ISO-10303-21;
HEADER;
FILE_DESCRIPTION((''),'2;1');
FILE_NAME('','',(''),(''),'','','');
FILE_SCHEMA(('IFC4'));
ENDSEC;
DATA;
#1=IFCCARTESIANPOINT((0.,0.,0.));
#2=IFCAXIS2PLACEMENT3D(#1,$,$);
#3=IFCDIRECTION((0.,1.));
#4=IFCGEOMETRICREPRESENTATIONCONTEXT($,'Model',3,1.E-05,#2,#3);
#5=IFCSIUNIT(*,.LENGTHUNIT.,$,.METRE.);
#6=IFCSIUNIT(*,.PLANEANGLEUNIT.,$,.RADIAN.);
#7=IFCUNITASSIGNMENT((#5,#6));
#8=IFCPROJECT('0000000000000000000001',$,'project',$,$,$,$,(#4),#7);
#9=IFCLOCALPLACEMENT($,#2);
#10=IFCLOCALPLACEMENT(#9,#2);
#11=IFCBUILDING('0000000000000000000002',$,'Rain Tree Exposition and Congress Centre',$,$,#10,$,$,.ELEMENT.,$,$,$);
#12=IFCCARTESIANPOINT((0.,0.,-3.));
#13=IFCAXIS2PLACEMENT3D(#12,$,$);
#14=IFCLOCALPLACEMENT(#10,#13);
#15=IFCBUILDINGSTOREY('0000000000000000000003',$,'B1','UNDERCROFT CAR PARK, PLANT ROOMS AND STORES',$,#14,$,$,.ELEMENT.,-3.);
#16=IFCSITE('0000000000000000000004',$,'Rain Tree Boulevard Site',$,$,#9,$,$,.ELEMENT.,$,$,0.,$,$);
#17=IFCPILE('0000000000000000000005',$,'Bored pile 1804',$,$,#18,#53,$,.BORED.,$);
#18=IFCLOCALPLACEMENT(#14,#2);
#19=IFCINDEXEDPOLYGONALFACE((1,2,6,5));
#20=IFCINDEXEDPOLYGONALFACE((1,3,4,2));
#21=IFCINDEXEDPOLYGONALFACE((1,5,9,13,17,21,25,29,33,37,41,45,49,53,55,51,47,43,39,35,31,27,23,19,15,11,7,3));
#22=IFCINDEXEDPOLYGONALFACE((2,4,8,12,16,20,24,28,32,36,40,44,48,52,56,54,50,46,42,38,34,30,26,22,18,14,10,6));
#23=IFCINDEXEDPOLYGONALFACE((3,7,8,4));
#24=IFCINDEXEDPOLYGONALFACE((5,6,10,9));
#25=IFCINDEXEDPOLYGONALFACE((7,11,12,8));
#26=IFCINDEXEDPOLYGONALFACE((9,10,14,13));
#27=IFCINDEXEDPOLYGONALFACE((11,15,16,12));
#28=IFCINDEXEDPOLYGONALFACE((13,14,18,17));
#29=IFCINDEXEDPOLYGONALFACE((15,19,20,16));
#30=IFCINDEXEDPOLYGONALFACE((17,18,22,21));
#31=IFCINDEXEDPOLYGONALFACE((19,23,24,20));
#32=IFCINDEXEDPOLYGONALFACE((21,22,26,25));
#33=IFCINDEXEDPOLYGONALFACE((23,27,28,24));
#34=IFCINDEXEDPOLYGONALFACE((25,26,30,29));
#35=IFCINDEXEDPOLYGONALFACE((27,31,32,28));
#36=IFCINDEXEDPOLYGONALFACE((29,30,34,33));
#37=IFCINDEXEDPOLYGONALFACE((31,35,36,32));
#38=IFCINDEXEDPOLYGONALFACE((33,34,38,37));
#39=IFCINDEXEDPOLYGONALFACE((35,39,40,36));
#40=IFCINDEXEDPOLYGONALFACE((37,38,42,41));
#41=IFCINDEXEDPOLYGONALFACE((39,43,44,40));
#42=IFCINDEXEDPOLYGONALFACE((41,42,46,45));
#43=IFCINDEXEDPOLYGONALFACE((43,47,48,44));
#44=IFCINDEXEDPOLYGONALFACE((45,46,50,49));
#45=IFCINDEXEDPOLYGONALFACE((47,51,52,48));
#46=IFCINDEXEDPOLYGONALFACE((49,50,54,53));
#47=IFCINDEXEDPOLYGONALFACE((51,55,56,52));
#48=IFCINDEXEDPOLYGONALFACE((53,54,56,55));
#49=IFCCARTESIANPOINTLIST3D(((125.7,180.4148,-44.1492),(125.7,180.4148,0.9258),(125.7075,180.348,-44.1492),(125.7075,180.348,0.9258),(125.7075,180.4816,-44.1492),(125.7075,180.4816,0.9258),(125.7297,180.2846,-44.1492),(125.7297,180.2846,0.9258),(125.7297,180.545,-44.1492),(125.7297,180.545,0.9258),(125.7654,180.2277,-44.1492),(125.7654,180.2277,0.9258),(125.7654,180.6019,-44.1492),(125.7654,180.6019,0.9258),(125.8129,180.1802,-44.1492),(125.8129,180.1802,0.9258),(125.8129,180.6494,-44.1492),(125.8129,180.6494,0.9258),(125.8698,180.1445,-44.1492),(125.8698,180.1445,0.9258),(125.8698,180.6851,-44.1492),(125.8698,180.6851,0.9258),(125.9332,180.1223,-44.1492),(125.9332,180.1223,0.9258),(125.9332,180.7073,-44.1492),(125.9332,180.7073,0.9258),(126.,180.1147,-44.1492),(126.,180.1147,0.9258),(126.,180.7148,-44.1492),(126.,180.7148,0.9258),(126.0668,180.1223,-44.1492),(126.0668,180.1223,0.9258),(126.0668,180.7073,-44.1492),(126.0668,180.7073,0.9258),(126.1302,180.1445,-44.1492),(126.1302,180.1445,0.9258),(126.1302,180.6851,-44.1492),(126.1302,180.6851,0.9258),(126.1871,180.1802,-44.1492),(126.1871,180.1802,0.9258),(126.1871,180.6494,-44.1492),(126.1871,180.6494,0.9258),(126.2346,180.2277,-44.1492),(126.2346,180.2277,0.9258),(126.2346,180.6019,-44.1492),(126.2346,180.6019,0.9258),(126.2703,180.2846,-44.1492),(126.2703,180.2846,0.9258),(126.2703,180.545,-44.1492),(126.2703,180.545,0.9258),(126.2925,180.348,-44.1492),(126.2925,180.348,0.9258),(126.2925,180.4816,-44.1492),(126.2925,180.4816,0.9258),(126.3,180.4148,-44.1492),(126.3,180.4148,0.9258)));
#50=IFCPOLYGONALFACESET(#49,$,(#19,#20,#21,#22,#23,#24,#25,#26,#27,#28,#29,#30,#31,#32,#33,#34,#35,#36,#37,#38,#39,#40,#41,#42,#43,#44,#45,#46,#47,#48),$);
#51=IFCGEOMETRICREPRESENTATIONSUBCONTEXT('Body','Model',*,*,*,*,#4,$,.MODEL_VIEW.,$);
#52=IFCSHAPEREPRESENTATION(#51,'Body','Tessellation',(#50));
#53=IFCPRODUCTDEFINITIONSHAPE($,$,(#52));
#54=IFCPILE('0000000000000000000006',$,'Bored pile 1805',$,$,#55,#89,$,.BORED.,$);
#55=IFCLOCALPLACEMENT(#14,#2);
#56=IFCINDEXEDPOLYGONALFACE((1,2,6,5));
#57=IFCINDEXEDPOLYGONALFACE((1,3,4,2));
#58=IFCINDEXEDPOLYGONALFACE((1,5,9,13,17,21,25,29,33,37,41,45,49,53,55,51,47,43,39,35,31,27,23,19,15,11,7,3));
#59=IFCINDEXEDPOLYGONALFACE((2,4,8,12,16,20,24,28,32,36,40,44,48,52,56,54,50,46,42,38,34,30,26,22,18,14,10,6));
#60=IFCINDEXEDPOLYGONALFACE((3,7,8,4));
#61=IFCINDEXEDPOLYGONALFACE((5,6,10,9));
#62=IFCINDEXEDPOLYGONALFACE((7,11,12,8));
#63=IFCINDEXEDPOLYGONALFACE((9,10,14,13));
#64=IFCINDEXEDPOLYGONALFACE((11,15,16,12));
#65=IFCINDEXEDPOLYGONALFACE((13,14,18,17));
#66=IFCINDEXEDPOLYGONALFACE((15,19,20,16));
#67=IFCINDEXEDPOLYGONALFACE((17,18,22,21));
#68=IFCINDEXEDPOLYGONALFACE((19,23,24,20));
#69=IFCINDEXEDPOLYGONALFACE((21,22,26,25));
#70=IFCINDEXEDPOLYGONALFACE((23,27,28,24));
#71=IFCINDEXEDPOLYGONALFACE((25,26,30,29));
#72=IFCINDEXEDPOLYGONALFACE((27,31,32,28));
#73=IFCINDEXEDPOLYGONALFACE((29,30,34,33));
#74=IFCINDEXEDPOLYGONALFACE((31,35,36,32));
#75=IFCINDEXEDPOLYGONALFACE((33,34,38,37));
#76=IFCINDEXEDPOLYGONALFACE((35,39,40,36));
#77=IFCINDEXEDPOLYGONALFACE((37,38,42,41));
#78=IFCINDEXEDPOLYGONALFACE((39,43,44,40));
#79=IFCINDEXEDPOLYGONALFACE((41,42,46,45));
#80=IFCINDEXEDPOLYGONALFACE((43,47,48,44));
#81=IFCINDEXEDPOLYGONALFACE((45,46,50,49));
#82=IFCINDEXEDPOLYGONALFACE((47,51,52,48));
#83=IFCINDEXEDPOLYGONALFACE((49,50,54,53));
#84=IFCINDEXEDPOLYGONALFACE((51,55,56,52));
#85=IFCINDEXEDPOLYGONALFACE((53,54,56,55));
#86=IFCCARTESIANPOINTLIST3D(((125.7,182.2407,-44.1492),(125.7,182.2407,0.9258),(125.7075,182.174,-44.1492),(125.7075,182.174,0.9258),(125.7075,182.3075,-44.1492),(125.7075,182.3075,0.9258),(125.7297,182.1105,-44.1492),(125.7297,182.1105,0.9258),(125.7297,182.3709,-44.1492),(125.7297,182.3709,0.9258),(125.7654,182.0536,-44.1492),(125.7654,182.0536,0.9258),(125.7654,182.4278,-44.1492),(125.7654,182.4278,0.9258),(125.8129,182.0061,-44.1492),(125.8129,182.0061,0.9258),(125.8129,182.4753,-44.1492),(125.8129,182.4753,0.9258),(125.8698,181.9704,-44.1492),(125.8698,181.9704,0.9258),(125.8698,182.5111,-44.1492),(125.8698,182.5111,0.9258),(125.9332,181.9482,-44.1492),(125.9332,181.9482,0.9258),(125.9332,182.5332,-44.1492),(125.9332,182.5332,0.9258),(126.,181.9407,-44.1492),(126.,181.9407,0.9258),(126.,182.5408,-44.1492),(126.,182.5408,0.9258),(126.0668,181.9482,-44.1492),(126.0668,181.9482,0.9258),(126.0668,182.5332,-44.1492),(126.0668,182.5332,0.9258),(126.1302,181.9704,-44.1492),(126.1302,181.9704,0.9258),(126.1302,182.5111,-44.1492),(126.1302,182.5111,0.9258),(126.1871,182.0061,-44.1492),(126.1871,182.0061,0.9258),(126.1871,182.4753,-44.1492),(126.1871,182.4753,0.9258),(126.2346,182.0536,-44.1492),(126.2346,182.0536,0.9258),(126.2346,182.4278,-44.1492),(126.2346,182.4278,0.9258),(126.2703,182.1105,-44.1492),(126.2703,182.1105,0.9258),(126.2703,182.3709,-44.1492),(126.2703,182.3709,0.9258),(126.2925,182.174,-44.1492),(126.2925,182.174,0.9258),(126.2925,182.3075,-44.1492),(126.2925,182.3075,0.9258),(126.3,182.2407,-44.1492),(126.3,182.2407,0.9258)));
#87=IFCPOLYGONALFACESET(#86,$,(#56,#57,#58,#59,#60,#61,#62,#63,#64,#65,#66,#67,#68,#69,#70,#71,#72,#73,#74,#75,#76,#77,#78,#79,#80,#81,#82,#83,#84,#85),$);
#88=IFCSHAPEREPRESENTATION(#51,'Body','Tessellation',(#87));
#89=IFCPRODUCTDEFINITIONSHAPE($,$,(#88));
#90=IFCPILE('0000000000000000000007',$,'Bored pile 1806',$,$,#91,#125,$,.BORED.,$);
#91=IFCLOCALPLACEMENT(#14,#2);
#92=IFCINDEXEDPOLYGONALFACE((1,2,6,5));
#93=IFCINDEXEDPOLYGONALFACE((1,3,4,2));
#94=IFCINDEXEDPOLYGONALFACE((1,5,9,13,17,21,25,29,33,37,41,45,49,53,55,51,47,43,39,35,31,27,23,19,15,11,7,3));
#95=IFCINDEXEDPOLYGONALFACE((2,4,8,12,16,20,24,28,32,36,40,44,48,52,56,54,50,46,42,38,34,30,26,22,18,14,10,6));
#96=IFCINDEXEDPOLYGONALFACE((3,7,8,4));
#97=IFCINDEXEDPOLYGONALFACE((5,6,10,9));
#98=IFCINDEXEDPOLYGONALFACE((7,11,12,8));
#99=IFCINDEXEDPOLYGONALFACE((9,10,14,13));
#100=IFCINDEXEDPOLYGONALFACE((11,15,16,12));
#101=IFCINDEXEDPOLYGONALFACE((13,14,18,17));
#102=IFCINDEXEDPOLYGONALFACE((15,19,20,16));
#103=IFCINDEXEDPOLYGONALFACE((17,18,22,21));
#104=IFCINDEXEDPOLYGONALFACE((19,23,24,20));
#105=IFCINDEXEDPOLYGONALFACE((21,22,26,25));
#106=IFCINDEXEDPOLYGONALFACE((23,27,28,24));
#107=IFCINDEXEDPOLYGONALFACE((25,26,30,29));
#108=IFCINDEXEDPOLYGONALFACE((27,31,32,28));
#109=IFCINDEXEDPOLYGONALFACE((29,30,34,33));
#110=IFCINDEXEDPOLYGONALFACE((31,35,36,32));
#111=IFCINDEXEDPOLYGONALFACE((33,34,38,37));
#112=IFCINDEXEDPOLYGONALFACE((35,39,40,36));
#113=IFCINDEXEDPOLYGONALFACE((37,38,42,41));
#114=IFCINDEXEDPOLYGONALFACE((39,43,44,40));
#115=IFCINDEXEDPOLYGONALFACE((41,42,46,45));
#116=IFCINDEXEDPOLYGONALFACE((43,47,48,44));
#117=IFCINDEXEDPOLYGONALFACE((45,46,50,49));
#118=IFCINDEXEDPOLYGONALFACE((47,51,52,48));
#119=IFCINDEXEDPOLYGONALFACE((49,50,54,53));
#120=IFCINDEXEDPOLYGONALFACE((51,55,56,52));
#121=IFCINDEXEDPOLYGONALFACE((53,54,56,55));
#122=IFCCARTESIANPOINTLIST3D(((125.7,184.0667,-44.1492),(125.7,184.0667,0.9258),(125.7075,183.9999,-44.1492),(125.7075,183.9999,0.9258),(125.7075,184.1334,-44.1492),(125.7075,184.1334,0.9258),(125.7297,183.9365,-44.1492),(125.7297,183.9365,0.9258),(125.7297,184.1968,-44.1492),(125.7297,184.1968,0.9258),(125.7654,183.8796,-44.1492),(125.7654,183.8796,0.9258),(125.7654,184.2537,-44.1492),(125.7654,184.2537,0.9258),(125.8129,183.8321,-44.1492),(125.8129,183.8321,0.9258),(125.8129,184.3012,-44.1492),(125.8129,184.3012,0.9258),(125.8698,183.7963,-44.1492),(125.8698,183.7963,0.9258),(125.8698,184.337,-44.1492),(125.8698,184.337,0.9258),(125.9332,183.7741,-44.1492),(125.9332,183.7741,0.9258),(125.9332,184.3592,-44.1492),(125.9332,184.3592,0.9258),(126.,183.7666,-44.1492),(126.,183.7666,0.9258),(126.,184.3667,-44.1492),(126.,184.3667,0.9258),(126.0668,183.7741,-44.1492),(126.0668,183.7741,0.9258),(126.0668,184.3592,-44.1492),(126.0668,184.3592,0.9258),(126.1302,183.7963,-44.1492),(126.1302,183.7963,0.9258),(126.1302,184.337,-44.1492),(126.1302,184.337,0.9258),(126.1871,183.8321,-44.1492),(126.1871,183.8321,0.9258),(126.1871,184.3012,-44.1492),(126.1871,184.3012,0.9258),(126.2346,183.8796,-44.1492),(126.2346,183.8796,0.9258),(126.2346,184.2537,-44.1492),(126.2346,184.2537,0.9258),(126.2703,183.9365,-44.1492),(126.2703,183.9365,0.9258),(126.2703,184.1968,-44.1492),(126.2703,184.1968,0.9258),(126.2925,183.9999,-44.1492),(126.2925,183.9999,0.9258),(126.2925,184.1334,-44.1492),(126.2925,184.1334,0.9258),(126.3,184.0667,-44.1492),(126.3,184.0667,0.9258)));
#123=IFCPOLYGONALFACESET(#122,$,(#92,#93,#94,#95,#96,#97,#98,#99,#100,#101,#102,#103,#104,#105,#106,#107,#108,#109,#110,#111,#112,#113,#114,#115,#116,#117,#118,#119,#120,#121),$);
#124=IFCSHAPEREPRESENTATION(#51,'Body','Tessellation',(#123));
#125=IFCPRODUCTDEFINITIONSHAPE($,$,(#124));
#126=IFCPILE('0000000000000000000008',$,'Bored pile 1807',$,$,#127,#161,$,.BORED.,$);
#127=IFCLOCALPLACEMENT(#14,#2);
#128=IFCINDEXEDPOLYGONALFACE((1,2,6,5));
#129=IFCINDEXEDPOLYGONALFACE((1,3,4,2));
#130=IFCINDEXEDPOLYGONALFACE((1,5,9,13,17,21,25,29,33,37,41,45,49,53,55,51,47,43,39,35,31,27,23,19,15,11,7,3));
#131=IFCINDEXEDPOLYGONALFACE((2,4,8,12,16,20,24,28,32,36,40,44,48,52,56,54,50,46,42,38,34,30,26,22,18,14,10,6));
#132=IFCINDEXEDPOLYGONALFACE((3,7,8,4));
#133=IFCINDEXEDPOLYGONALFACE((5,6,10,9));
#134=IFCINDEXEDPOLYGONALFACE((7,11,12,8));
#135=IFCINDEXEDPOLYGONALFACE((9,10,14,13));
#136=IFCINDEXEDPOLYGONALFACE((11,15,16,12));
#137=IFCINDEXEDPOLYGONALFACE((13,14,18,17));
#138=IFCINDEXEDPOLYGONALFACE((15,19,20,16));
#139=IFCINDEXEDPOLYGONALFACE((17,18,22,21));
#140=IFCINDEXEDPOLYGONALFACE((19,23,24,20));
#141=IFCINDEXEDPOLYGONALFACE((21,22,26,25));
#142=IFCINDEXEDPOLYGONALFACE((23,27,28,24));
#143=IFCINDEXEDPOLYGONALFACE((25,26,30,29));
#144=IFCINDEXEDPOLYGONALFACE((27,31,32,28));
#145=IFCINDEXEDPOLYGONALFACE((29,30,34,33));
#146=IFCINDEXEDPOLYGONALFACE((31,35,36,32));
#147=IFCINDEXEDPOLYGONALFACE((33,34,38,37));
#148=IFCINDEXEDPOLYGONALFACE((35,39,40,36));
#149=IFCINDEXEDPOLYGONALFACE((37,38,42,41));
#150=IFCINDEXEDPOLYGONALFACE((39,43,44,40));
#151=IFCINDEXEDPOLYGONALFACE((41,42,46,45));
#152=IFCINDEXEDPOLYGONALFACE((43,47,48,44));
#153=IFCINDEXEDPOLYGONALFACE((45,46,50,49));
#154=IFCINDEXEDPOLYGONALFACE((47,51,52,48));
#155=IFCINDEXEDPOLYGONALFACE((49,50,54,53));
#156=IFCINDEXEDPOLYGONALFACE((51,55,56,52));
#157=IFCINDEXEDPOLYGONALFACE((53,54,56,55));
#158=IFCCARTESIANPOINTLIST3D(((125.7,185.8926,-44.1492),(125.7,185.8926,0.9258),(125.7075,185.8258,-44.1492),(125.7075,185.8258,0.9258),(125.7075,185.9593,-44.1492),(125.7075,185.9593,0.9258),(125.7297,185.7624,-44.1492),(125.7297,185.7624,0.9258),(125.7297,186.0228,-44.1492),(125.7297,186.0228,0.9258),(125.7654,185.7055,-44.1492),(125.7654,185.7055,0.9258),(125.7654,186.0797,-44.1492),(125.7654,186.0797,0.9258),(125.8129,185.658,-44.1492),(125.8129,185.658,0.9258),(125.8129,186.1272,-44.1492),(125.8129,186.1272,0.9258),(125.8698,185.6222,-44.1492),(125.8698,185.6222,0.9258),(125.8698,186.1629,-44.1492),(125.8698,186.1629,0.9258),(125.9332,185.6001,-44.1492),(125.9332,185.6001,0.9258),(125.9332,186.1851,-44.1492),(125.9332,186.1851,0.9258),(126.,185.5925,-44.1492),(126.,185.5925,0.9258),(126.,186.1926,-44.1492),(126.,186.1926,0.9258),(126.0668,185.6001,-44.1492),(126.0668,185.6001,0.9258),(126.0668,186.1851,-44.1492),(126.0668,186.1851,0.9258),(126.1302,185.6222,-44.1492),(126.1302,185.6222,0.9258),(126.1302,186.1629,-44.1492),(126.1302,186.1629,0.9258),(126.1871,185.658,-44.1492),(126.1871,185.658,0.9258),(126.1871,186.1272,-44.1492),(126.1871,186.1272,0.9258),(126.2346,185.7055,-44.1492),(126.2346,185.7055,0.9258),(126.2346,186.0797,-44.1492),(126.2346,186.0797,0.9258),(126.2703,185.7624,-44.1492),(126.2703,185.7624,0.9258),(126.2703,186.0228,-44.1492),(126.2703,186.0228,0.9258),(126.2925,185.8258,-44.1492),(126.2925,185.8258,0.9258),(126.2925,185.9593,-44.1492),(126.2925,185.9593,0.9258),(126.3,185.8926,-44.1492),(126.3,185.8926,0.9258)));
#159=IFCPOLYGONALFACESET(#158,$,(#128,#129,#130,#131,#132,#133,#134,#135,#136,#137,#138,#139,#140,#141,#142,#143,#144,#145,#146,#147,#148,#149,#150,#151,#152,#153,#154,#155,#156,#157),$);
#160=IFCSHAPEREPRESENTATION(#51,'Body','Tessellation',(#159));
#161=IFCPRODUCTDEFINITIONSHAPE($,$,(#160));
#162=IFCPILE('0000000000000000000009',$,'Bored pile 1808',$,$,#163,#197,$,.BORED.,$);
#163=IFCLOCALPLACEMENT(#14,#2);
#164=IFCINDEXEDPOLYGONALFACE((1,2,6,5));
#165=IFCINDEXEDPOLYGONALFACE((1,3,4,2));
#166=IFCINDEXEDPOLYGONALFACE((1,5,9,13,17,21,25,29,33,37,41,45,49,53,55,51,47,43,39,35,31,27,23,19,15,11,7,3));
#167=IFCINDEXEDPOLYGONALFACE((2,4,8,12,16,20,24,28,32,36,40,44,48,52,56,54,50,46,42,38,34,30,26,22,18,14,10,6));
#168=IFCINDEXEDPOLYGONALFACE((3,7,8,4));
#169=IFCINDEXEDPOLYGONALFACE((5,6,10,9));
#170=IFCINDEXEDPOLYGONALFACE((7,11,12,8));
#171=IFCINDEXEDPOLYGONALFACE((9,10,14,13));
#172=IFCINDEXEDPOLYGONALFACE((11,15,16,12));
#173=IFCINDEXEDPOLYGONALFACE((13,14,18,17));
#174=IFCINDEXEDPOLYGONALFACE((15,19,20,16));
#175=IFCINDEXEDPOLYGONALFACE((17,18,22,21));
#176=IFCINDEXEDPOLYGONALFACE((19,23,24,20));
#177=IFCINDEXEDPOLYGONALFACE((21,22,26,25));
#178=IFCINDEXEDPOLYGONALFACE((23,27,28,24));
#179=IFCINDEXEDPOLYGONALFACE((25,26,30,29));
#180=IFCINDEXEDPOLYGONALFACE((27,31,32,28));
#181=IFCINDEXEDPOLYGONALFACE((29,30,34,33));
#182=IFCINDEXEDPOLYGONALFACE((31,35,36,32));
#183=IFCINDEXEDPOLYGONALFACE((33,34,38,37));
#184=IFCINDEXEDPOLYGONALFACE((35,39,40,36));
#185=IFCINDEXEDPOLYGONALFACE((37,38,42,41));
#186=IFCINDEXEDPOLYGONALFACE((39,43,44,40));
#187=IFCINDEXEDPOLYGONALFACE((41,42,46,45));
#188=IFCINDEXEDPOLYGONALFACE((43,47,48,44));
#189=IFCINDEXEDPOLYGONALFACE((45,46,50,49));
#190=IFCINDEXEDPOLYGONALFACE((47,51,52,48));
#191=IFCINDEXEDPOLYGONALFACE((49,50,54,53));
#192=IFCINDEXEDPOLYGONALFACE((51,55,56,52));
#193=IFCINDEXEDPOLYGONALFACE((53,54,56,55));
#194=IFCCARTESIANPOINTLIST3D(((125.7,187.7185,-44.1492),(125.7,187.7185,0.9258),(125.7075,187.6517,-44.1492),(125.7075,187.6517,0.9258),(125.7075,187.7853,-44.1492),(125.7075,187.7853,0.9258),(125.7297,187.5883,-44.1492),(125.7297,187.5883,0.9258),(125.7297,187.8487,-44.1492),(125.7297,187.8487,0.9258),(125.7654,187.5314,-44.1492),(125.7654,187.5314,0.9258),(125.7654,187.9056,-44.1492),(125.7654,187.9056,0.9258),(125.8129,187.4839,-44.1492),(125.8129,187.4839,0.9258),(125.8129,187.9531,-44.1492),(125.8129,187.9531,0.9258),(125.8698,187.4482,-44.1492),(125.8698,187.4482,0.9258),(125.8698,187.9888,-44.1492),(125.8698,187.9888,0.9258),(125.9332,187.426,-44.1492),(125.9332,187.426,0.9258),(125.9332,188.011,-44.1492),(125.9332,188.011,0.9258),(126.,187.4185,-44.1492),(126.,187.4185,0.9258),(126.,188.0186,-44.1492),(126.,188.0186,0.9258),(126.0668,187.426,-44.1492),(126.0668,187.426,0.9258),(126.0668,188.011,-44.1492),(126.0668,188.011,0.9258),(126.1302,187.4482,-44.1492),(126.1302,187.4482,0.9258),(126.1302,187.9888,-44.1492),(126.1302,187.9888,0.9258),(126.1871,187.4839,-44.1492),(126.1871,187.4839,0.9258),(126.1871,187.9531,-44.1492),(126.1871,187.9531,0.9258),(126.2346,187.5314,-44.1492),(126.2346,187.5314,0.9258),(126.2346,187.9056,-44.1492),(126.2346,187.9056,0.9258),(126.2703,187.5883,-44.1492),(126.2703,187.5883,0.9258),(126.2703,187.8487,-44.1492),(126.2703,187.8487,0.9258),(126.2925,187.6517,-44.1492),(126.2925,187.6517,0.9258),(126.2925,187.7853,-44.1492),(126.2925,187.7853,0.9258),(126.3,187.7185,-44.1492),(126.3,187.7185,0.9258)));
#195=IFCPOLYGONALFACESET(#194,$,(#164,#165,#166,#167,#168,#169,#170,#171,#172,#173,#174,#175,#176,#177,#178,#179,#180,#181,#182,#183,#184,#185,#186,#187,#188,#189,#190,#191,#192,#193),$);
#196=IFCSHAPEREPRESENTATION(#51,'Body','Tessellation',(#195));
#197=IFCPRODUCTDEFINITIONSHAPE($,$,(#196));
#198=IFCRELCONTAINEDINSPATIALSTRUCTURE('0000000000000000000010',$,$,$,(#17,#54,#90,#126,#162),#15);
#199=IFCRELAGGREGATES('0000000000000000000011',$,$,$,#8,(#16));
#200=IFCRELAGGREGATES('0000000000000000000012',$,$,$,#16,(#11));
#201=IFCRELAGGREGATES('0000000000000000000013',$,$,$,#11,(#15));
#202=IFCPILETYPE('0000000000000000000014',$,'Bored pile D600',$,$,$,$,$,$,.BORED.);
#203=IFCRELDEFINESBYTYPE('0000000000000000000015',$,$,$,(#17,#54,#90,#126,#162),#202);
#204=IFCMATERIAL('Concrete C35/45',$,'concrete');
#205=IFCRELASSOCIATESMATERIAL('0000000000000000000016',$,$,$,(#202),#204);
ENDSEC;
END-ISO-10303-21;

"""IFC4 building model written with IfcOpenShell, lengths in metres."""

from ifc_helpers import new_model, si_unit, direction, frame, origin, origin_2d, place, context, subcontext, project, spatial, circle, extrude, material, material_profile, profile_set, type_object, element, save


model = new_model("IFC4")

# Units and contexts
model_context = context("Model", 3, precision=1e-05, world=origin(), true_north=direction((0.0, 1.0)))
body_context = subcontext(model_context, "Body", "Model", "MODEL_VIEW")
ifc_project = project(units=[si_unit("LENGTHUNIT", "METRE"), si_unit("PLANEANGLEUNIT", "RADIAN")], contexts=[model_context])

# Site, building, storey
site_placement = place(None, origin())
site = spatial("IfcSite", under=ifc_project, at=site_placement, Name="Rain Tree Boulevard Site", CompositionType="ELEMENT", RefElevation=0.0)
building_placement = place(site_placement, origin())
building = spatial("IfcBuilding", under=site, at=building_placement, Name="Rain Tree Exposition and Congress Centre", CompositionType="ELEMENT")
storey_placement = place(building_placement, frame((0.0, 0.0, -3.0)))
storey = spatial("IfcBuildingStorey", under=building, at=storey_placement, Name="B1", Description="UNDERCROFT CAR PARK, PLANT ROOMS AND STORES", CompositionType="ELEMENT", Elevation=-3.0)

# Piles
ifc_material_1 = material(Name="Concrete C35/45", Category="concrete")
ifc_material_profile_1 = material_profile(ifc_material_1, circle(Radius=0.3, at=origin_2d()), Name="D600")
ifc_profile_set_1 = profile_set([ifc_material_profile_1], Name="Concrete C35/45")
pile_type_1 = type_object("IfcPileType", Name="Bored pile D600", PredefinedType="BORED", material=ifc_profile_set_1)
for number, where, z_axis, x_axis, name in (
    (1, (126.0, 180.4148, 0.9258), (0.0, 0.0, -1.0), (1.0, 0.0, 0.0), "Bored pile 1804"),
    (2, (126.0, 182.2407, 0.9258), (0.0, 0.0, -1.0), (1.0, 0.0, 0.0), "Bored pile 1805"),
    (3, (126.0, 184.0667, 0.9258), (0.0, 0.0, -1.0), (1.0, 0.0, 0.0), "Bored pile 1806"),
    (4, (126.0, 185.8926, 0.9258), (0.0, 0.0, -1.0), (1.0, 0.0, 0.0), "Bored pile 1807"),
    (5, (126.0, 187.7185, 0.9258), (0.0, 0.0, -1.0), (1.0, 0.0, 0.0), "Bored pile 1808"),
):
    element("IfcPile", number, at=place(storey_placement, frame(where, z_axis=z_axis, x_axis=x_axis)), inside=storey, type_object=pile_type_1, Name=name, PredefinedType="BORED", context=body_context, shape_type="SweptSolid", body=[
        extrude(circle(Radius=0.3, at=origin_2d()), origin(), (0.0, 0.0, 1.0), 45.075),
    ])

save(model, "model.ifc")
